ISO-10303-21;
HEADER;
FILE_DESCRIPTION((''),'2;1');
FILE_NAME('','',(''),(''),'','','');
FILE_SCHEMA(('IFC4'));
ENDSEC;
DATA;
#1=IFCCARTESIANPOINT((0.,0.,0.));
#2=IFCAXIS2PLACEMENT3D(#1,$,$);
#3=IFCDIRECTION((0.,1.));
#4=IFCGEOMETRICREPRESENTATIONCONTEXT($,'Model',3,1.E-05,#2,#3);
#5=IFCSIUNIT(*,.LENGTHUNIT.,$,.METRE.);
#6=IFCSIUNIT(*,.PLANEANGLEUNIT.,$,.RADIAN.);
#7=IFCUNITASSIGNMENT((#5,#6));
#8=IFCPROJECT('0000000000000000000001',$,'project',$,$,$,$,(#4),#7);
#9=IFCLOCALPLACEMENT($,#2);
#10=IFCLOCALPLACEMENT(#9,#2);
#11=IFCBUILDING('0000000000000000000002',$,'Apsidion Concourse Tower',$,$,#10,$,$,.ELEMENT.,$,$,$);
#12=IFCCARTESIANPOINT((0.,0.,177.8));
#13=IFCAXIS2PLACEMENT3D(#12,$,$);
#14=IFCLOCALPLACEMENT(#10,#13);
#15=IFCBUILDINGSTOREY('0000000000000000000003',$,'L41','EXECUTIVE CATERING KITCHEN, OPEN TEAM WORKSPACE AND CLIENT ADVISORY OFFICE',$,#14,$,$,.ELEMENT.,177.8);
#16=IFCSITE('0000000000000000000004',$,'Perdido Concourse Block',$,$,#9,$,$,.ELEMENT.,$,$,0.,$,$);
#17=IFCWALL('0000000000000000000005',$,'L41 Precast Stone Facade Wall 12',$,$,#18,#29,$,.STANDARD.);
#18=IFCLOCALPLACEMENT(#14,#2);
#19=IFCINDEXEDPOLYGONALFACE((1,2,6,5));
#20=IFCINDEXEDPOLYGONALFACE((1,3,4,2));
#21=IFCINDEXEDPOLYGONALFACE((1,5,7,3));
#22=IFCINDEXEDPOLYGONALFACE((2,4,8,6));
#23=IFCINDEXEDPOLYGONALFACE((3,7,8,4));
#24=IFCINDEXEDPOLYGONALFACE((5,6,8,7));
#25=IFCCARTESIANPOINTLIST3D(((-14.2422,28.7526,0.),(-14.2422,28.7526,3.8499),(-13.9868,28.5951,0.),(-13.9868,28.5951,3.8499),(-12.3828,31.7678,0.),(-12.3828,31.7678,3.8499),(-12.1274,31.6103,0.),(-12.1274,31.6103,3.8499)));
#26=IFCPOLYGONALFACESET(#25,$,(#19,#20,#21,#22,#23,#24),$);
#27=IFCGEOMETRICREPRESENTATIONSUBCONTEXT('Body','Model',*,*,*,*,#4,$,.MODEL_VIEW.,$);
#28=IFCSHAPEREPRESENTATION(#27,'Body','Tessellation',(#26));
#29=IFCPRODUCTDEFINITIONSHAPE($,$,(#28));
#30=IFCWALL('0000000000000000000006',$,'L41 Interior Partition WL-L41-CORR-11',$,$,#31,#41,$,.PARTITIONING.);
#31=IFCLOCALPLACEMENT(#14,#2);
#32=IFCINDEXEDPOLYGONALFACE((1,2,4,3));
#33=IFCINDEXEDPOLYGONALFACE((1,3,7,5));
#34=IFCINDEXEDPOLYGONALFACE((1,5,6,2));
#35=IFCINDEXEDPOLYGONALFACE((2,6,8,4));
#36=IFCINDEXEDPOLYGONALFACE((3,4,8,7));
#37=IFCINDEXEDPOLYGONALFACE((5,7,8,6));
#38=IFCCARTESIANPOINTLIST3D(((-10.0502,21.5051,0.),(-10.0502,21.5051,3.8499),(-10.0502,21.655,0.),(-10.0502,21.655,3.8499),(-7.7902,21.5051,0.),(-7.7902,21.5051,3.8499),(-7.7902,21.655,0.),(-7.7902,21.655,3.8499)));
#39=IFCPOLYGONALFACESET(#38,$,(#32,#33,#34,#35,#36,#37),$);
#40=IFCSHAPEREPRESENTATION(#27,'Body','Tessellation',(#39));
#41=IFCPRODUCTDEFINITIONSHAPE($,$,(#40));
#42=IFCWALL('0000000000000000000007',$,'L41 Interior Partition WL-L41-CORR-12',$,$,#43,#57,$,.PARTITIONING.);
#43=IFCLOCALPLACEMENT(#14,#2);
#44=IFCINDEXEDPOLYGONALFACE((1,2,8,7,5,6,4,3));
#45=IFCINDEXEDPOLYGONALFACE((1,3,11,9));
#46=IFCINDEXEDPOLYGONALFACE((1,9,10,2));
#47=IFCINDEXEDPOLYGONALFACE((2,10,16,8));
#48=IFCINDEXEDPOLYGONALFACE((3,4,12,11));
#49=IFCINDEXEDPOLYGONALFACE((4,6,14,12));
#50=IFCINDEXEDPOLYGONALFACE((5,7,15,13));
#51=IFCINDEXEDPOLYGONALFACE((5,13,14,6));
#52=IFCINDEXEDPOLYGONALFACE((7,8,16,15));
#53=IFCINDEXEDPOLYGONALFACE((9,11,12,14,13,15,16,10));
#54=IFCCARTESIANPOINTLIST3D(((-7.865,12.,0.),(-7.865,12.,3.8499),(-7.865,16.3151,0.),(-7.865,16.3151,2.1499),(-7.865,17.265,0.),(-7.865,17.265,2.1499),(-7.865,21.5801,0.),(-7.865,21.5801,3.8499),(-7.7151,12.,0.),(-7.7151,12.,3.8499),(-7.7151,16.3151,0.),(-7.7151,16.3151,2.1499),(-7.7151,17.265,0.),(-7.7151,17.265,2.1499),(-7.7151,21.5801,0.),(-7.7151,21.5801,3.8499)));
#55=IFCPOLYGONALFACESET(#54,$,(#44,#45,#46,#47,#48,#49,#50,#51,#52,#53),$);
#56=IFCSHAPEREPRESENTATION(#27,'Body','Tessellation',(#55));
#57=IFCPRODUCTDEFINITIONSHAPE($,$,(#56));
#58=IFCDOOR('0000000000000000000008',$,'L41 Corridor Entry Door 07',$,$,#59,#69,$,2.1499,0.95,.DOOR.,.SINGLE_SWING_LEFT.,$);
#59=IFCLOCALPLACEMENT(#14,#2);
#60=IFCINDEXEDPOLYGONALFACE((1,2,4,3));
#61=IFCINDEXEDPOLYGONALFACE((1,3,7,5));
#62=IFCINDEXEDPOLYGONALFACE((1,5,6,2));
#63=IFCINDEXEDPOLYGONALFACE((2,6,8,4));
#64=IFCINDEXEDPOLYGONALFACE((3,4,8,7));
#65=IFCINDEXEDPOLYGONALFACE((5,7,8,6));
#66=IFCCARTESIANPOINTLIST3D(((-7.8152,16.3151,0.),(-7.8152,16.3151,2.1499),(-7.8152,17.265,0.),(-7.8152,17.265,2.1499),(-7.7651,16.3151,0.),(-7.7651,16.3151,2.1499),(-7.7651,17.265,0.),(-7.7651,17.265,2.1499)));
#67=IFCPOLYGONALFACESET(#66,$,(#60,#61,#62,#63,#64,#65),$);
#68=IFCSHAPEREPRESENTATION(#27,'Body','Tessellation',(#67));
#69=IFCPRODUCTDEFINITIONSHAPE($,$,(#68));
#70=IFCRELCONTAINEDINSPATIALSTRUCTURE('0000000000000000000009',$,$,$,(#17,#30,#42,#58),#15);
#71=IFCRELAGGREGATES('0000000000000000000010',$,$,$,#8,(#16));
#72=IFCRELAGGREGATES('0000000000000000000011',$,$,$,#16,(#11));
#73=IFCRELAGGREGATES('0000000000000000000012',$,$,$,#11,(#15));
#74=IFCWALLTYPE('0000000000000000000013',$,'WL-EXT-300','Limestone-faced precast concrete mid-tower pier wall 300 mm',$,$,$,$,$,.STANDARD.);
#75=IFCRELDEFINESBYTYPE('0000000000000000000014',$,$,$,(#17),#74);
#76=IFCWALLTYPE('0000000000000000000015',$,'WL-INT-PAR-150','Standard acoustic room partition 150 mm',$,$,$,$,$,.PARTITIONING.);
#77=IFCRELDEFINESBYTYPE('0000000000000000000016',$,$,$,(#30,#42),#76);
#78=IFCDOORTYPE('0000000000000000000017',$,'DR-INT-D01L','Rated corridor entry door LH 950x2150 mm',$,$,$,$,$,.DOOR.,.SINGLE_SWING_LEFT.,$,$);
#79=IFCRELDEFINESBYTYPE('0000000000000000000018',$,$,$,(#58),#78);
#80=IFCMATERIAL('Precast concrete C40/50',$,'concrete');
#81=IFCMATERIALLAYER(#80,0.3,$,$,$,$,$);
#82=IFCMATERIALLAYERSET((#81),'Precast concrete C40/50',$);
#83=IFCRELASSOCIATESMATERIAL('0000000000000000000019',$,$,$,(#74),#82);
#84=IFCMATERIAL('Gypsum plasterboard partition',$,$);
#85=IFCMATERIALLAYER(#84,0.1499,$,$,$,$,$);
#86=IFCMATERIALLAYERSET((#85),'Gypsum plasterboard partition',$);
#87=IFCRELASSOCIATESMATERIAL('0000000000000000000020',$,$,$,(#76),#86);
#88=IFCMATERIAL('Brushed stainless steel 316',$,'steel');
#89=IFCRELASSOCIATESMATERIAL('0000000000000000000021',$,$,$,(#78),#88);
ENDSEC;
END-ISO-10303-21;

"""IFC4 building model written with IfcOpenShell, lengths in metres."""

from ifc_helpers import new_model, si_unit, direction, frame, frame_2d, origin, place, context, subcontext, project, spatial, rectangle, extrude, material, layer, layer_set, type_object, element, fill, save


model = new_model("IFC4")

# Units and contexts
model_context = context("Model", 3, precision=1e-05, world=origin(), true_north=direction((0.0, 1.0)))
body_context = subcontext(model_context, "Body", "Model", "MODEL_VIEW")
ifc_project = project(units=[si_unit("LENGTHUNIT", "METRE"), si_unit("PLANEANGLEUNIT", "RADIAN")], contexts=[model_context])

# Site, building, storey
site_placement = place(None, origin())
site = spatial("IfcSite", under=ifc_project, at=site_placement, Name="Perdido Concourse Block", CompositionType="ELEMENT", RefElevation=0.0)
building_placement = place(site_placement, origin())
building = spatial("IfcBuilding", under=site, at=building_placement, Name="Apsidion Concourse Tower", CompositionType="ELEMENT")
storey_placement = place(building_placement, frame((0.0, 0.0, 177.8)))
storey = spatial("IfcBuildingStorey", under=building, at=storey_placement, Name="L41", Description="EXECUTIVE CATERING KITCHEN, OPEN TEAM WORKSPACE AND CLIENT ADVISORY OFFICE", CompositionType="ELEMENT", Elevation=177.8)

# Shared definitions
ifc_material_1 = material(Name="Precast concrete C40/50", Category="concrete")
ifc_layer_1 = layer(ifc_material_1, 0.3)
ifc_layer_set_1 = layer_set([ifc_layer_1], Name="Precast concrete C40/50")
wall_type_1 = type_object("IfcWallType", Name="WL-EXT-300", Description="Limestone-faced precast concrete mid-tower pier wall 300 mm", PredefinedType="STANDARD", material=ifc_layer_set_1)

# Walls
wall_1_placement = place(storey_placement, frame((-14.1145, 28.6738, 0.0), z_axis=(0.0, 0.0, 1.0), x_axis=(0.524897, 0.851166, 0.0)))
element("IfcWall", 1, at=wall_1_placement, inside=storey, type_object=wall_type_1, Name="L41 Precast Stone Facade Wall 12", PredefinedType="STANDARD", context=body_context, shape_type="SweptSolid", body=[
    extrude(rectangle(XDim=3.5425, YDim=0.3, at=frame_2d((1.7712, 0.0))), origin(), (0.0, 0.0, 1.0), 3.8499),
])
ifc_material_2 = material(Name="Gypsum plasterboard partition")
ifc_layer_2 = layer(ifc_material_2, 0.1499)
ifc_layer_set_2 = layer_set([ifc_layer_2], Name="Gypsum plasterboard partition")
wall_type_2 = type_object("IfcWallType", Name="WL-INT-PAR-150", Description="Standard acoustic room partition 150 mm", PredefinedType="PARTITIONING", material=ifc_layer_set_2)
wall_2_placement = place(storey_placement, frame((-10.05, 21.5801, 0.0), z_axis=(0.0, 0.0, 1.0), x_axis=(1.0, 0.0, 0.0)))
element("IfcWall", 2, at=wall_2_placement, inside=storey, type_object=wall_type_2, Name="L41 Interior Partition WL-L41-CORR-11", PredefinedType="PARTITIONING", context=body_context, shape_type="SweptSolid", body=[
    extrude(rectangle(XDim=2.26, YDim=0.1499, at=frame_2d((1.1299, 0.0))), origin(), (0.0, 0.0, 1.0), 3.8499),
])

# Wall, opening, door
wall_3_placement = place(storey_placement, frame((-7.79, 21.5801, 0.0), z_axis=(0.0, 0.0, 1.0), x_axis=(0.0, -1.0, 0.0)))
wall_3 = element("IfcWall", 3, at=wall_3_placement, inside=storey, type_object=wall_type_2, Name="L41 Interior Partition WL-L41-CORR-12", PredefinedType="PARTITIONING", context=body_context, shape_type="SweptSolid", body=[
    extrude(rectangle(XDim=9.5801, YDim=0.1499, at=frame_2d((4.79, 0.0))), origin(), (0.0, 0.0, 1.0), 3.8499),
])
opening_1_placement = place(wall_3_placement, frame((4.3149, 0.0, 0.0)))
opening_1 = element("IfcOpeningElement", 4, at=opening_1_placement, cuts=wall_3, PredefinedType="OPENING", context=body_context, shape_type="SweptSolid", body=[
    extrude(rectangle(XDim=0.95, YDim=2.1499, at=frame_2d((0.4751, 1.075))), frame((0.0, 0.085, 0.0), z_axis=(0.0, -1.0, 0.0), x_axis=(1.0, 0.0, 0.0)), (0.0, 0.0, 1.0), 0.1699),
])
ifc_material_3 = material(Name="Brushed stainless steel 316", Category="steel")
door_type_1 = type_object("IfcDoorType", Name="DR-INT-D01L", Description="Rated corridor entry door LH 950x2150 mm", OperationType="SINGLE_SWING_LEFT", PredefinedType="DOOR", material=ifc_material_3)
door_1_placement = place(opening_1_placement, origin())
door_1 = element("IfcDoor", 5, at=door_1_placement, inside=storey, type_object=door_type_1, Name="L41 Corridor Entry Door 07", OperationType="SINGLE_SWING_LEFT", OverallHeight=2.1499, OverallWidth=0.95, PredefinedType="DOOR", context=body_context, shape_type="SweptSolid", body=[
    extrude(rectangle(XDim=0.95, YDim=2.1499, at=frame_2d((0.4751, 1.075))), frame((0.0, 0.0249, 0.0), z_axis=(0.0, -1.0, 0.0), x_axis=(1.0, 0.0, 0.0)), (0.0, 0.0, 1.0), 0.05),
])
fill(opening_1, door_1)

save(model, "model.ifc")
